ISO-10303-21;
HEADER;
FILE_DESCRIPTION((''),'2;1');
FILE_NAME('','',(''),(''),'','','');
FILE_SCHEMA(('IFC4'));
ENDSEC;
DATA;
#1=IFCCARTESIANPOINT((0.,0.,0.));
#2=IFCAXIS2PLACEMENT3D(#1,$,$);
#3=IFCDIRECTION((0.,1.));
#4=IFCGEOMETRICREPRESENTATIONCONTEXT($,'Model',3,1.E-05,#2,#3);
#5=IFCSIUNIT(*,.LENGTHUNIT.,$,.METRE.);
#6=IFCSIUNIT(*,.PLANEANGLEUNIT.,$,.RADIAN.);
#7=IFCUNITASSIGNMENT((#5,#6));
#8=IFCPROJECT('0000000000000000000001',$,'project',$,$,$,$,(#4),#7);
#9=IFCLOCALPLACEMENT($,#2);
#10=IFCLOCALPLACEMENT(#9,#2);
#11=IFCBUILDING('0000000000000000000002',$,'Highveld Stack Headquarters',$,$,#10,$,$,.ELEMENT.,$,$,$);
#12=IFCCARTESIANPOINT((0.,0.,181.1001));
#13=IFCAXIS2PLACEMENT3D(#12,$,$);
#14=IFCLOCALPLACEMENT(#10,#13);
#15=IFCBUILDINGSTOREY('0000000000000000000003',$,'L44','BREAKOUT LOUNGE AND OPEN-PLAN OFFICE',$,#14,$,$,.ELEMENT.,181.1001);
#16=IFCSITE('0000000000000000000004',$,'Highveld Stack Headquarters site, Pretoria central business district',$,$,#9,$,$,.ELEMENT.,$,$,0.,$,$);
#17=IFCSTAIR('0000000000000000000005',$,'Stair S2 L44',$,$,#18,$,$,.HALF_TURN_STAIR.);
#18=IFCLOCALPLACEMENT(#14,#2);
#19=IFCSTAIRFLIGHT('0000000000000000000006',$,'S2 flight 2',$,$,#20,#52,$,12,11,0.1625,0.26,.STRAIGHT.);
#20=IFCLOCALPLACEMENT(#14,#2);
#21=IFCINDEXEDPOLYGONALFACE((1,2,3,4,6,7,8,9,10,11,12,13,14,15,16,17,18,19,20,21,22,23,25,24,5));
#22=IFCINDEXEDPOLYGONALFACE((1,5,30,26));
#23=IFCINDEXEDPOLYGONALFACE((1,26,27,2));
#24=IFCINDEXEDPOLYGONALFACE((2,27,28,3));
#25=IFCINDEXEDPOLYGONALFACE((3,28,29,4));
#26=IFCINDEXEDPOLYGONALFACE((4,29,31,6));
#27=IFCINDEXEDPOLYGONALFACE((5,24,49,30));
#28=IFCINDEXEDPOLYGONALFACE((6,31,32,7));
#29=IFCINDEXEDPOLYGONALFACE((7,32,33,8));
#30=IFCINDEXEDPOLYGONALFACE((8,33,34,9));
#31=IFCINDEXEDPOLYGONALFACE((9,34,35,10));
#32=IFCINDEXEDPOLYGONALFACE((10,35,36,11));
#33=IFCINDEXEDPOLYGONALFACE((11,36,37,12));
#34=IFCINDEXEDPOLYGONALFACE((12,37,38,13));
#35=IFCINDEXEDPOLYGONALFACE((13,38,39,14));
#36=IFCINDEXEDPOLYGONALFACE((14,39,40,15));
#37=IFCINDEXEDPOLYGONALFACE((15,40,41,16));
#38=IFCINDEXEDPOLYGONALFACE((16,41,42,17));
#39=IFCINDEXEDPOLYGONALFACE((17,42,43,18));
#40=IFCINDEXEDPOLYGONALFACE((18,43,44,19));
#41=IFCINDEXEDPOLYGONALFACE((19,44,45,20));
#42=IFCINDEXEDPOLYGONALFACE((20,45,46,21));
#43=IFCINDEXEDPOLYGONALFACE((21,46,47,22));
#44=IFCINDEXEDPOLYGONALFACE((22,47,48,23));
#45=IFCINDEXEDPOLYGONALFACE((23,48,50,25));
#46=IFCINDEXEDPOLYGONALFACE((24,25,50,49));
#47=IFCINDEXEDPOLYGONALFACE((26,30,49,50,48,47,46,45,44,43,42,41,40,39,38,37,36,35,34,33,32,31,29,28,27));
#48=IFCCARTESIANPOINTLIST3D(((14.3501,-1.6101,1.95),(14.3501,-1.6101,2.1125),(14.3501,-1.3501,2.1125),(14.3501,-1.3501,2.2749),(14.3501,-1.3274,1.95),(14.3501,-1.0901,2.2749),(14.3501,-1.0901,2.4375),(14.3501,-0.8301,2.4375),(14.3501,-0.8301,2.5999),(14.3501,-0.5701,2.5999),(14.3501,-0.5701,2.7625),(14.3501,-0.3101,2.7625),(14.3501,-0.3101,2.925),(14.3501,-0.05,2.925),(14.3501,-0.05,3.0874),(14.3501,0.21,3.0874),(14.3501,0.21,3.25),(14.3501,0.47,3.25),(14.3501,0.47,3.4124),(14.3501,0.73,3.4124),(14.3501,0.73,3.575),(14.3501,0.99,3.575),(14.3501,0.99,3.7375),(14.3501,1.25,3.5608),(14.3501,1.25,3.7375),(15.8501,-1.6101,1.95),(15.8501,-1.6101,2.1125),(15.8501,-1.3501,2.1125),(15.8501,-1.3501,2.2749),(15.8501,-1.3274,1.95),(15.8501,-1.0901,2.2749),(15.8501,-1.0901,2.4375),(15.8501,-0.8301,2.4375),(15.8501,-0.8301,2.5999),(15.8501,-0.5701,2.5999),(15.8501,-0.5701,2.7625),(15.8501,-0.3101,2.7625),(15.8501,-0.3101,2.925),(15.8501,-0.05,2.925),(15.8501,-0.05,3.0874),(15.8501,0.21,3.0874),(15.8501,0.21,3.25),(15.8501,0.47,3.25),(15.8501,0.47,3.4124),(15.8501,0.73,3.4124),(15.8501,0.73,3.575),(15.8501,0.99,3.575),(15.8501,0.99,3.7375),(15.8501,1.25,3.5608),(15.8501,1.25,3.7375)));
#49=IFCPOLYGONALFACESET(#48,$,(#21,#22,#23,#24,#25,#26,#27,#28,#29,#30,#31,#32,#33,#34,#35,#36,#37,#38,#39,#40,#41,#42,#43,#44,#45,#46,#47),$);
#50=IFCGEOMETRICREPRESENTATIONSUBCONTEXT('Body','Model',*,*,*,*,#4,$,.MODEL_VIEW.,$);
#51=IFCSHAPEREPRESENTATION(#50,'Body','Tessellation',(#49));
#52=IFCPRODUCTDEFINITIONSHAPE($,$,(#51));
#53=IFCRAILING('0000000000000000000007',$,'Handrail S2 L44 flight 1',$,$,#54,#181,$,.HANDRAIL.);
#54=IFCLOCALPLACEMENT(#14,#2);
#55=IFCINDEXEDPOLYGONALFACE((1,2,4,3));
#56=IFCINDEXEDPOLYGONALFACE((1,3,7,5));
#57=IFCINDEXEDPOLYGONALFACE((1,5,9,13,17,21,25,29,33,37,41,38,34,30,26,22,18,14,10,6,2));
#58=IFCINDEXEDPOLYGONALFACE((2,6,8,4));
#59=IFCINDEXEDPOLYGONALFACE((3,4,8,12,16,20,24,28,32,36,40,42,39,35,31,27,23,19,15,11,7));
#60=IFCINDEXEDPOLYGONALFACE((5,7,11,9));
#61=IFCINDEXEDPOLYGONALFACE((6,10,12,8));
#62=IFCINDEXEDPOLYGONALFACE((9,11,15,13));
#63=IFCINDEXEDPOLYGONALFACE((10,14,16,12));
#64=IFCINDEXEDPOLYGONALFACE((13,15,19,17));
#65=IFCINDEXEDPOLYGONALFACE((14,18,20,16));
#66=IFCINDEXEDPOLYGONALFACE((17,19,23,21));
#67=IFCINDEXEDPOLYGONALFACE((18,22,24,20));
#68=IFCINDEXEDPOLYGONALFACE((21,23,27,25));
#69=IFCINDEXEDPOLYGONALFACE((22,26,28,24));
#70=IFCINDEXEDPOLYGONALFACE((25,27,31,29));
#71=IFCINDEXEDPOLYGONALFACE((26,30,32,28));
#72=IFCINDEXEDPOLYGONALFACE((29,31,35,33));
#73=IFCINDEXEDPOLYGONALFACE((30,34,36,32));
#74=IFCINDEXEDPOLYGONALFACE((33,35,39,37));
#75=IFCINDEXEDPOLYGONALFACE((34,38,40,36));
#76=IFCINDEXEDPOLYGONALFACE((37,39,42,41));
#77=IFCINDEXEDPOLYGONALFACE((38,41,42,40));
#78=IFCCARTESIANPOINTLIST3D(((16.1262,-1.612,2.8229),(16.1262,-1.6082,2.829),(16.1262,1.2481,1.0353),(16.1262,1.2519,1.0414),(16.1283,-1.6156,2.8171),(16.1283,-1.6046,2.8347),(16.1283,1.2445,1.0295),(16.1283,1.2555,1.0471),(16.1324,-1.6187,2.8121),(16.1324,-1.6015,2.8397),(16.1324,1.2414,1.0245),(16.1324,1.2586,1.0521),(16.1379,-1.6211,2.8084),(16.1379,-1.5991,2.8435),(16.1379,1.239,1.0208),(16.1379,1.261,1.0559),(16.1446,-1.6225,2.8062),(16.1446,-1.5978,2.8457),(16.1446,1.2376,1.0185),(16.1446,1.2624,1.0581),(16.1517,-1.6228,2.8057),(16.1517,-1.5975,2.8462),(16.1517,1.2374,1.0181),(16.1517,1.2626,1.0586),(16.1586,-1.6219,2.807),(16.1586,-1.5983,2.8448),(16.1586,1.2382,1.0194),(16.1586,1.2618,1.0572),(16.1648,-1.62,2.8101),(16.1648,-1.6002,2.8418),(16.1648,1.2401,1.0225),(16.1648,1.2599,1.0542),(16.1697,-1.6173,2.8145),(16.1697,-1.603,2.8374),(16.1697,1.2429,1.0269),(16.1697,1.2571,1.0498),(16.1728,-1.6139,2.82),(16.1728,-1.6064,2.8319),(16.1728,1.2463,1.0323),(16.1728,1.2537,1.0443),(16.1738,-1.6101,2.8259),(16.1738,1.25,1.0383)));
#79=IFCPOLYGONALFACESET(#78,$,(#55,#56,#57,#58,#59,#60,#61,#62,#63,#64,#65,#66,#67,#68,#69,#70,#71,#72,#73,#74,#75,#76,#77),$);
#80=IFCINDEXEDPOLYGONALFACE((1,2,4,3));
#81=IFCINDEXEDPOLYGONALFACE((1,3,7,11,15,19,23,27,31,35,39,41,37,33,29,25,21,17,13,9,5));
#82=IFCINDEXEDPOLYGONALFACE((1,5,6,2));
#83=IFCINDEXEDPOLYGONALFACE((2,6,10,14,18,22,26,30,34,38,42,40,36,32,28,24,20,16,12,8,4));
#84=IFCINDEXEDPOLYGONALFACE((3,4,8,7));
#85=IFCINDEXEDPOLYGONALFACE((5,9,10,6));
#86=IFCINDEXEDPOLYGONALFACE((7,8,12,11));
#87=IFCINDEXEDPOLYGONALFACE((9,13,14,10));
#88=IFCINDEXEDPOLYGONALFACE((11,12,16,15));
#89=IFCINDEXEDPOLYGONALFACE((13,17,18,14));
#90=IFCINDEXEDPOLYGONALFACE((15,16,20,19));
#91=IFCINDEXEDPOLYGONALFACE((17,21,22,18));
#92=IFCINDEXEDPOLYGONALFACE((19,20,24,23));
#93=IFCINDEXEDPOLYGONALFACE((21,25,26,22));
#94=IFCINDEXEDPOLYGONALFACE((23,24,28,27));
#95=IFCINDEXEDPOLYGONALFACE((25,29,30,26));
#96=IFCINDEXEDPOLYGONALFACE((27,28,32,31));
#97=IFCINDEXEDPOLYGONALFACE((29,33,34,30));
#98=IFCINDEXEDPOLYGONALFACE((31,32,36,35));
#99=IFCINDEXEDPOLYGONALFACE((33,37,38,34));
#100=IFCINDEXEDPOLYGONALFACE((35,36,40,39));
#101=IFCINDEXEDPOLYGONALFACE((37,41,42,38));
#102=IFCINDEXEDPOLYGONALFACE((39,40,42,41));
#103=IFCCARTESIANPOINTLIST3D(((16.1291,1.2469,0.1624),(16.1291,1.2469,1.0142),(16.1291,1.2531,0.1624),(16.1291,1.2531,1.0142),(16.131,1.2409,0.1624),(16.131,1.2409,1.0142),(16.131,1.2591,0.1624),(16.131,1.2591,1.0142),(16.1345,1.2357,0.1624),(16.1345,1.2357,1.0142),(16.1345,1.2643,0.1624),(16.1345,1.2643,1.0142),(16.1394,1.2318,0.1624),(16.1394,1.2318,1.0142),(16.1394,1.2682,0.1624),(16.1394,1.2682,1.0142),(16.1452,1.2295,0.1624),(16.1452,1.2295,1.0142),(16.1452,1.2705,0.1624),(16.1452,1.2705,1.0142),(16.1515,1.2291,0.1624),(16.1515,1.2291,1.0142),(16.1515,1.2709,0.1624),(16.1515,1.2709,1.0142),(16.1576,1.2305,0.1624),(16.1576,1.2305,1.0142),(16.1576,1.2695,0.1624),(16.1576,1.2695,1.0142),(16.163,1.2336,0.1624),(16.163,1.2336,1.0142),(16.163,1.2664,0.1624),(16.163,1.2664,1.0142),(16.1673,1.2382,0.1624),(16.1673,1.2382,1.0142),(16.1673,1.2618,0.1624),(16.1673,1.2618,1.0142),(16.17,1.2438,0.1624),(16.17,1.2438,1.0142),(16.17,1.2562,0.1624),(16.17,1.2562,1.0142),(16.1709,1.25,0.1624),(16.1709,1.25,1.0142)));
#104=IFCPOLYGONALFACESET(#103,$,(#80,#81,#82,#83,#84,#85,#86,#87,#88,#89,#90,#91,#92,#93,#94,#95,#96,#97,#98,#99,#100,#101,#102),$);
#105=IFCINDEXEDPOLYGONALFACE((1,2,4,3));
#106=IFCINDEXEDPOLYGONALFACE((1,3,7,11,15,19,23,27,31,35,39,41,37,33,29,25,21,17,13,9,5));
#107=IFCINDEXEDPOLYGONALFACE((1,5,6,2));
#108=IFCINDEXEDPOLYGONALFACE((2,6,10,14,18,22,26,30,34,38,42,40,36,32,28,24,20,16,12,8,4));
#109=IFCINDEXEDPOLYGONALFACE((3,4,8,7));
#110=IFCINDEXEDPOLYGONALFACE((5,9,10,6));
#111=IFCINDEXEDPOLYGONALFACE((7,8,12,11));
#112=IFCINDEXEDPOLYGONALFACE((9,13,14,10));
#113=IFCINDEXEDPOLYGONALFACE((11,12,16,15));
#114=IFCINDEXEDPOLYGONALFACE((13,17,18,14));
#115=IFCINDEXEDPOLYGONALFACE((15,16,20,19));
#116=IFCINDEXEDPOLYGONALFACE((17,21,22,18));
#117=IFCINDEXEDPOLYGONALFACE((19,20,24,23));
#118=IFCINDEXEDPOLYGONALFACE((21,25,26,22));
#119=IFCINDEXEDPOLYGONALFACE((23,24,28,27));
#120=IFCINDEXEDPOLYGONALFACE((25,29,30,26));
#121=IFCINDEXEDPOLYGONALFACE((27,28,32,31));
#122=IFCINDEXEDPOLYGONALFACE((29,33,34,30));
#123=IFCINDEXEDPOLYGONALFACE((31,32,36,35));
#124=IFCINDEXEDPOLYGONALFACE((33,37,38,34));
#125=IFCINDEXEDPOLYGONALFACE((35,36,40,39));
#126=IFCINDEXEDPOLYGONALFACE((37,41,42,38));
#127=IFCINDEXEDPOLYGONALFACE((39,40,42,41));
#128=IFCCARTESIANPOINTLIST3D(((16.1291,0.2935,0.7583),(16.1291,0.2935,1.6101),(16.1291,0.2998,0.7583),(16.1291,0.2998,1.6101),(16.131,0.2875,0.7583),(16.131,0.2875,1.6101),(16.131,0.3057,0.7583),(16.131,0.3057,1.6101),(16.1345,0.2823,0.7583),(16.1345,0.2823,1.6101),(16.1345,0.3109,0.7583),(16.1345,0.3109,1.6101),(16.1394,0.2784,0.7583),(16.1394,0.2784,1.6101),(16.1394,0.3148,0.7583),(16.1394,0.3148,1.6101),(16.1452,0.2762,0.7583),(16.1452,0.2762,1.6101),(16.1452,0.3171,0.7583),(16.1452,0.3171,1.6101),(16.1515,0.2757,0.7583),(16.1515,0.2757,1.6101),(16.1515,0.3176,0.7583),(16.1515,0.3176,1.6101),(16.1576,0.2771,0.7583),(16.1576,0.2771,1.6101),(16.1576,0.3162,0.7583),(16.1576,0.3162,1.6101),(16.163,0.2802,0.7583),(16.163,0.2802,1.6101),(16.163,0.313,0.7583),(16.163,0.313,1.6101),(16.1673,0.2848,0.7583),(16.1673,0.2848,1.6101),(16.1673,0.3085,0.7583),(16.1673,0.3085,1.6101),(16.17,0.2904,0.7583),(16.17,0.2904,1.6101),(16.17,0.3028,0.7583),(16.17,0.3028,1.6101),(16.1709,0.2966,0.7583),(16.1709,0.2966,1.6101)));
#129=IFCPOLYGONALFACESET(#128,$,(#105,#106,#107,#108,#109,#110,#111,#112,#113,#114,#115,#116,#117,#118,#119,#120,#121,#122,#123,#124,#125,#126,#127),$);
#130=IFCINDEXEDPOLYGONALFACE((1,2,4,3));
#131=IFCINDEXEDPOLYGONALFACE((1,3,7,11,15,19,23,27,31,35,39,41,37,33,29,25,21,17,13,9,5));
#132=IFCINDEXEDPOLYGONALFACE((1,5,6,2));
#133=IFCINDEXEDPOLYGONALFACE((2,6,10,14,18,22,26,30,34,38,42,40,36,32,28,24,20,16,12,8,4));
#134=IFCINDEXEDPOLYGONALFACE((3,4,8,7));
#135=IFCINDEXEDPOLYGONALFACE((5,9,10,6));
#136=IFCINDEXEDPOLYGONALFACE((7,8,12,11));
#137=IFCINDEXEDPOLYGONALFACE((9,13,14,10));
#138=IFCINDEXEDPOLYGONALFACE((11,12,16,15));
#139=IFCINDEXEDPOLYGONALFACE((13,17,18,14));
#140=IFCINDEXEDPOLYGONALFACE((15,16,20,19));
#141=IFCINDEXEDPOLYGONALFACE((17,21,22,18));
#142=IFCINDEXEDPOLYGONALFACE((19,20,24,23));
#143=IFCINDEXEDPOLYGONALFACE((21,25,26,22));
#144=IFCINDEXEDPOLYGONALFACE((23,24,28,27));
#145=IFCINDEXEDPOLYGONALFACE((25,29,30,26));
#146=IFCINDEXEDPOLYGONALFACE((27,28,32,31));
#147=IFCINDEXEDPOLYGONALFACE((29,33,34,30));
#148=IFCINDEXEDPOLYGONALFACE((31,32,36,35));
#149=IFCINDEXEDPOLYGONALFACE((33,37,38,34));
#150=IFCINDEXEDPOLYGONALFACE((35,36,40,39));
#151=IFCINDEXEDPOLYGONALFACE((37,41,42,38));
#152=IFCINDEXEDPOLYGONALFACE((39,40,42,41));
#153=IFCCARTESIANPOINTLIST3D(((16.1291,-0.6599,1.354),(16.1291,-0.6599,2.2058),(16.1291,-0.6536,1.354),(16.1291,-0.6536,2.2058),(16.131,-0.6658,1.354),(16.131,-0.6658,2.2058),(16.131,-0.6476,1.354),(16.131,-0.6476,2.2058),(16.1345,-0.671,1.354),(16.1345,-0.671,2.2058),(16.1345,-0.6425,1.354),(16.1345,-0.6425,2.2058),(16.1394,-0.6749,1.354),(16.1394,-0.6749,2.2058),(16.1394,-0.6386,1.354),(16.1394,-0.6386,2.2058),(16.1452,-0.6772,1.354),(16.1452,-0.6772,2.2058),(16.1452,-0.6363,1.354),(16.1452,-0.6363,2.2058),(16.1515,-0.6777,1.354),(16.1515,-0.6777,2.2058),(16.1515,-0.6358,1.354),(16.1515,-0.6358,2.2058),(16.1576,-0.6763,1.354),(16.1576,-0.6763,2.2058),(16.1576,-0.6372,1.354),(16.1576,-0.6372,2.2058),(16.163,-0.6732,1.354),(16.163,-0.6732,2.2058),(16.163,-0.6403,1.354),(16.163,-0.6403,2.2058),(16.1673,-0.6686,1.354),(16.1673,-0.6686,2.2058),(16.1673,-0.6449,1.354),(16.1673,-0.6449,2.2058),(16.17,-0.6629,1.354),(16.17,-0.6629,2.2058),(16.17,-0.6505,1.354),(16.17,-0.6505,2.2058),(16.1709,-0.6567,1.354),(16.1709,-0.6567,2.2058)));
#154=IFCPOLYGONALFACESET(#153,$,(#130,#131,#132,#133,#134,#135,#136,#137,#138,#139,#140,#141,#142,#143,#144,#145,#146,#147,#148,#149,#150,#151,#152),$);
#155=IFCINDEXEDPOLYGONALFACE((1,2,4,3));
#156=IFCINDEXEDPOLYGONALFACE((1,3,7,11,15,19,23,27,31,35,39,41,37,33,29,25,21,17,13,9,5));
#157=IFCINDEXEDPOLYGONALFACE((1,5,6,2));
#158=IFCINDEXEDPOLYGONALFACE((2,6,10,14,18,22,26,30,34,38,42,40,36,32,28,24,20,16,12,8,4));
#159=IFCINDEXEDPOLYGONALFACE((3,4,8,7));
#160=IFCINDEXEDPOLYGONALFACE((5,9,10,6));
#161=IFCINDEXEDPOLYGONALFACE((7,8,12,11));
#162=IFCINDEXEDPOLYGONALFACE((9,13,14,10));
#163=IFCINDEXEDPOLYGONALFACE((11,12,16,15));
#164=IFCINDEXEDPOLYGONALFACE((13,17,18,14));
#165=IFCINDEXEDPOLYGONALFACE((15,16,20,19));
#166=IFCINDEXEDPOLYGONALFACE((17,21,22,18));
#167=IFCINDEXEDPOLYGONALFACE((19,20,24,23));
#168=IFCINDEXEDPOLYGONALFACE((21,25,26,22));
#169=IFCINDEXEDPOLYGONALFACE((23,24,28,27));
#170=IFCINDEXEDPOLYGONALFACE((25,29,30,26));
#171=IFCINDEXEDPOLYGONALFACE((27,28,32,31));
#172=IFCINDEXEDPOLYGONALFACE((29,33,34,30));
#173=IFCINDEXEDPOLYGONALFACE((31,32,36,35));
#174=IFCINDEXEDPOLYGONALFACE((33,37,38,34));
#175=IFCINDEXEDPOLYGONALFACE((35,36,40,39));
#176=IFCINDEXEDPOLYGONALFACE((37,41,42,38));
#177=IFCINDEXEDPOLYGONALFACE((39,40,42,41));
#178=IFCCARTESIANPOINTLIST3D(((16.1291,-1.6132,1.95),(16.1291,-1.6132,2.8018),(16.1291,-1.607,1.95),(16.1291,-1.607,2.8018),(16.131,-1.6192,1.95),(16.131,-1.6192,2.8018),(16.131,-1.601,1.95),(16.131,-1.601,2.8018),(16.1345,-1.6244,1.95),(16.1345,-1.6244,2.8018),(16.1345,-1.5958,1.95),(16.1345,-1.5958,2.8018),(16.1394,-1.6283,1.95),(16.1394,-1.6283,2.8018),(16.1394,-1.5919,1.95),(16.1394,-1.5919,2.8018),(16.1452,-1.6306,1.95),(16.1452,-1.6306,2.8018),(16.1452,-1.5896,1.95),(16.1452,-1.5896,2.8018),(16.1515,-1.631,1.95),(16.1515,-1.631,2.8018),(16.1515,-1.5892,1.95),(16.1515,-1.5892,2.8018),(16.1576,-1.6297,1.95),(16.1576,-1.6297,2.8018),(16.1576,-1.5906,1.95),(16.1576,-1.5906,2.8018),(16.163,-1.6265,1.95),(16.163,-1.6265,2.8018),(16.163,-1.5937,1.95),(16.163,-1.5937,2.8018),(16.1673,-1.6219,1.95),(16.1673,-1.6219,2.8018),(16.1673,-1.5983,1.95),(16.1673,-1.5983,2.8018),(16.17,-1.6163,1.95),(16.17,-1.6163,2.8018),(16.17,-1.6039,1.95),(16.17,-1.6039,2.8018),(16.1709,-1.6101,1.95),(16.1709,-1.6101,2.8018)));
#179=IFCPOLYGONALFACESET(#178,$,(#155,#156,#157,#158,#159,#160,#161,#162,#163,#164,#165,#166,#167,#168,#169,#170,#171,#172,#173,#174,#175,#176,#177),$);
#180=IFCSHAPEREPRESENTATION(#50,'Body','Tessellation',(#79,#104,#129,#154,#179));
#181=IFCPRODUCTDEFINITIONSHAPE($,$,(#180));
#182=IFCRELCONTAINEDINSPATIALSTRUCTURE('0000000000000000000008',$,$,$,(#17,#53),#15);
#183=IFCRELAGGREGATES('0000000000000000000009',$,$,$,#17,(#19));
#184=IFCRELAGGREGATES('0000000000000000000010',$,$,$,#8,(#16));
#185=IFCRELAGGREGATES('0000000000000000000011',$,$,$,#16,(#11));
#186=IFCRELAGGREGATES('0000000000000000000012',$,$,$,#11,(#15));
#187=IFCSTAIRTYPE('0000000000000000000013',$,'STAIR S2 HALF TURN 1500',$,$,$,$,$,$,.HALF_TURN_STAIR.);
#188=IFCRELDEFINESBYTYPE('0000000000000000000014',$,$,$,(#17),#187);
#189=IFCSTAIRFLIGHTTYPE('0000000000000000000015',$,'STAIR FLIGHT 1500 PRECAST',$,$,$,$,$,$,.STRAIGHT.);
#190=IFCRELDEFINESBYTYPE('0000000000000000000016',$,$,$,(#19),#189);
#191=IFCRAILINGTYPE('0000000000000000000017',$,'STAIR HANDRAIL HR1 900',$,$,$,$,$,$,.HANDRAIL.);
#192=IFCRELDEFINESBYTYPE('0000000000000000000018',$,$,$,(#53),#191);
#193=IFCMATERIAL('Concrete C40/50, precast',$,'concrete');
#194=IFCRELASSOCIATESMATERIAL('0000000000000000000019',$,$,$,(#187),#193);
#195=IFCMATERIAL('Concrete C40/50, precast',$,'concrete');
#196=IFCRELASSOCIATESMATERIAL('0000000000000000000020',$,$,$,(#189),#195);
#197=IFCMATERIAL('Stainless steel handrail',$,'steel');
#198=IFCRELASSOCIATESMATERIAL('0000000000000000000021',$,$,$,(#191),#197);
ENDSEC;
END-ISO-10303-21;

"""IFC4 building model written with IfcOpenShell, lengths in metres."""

from ifc_helpers import new_model, si_unit, direction, frame, origin, origin_2d, place, context, subcontext, project, spatial, polyline, circle, outline, extrude, material, type_object, element, aggregate, save


model = new_model("IFC4")

# Units and contexts
model_context = context("Model", 3, precision=1e-05, world=origin(), true_north=direction((0.0, 1.0)))
body_context = subcontext(model_context, "Body", "Model", "MODEL_VIEW")
ifc_project = project(units=[si_unit("LENGTHUNIT", "METRE"), si_unit("PLANEANGLEUNIT", "RADIAN")], contexts=[model_context])

# Site, building, storey
site_placement = place(None, origin())
site = spatial("IfcSite", under=ifc_project, at=site_placement, Name="Highveld Stack Headquarters site, Pretoria central business district", CompositionType="ELEMENT", RefElevation=0.0)
building_placement = place(site_placement, origin())
building = spatial("IfcBuilding", under=site, at=building_placement, Name="Highveld Stack Headquarters", CompositionType="ELEMENT")
storey_placement = place(building_placement, frame((0.0, 0.0, 181.1001)))
storey = spatial("IfcBuildingStorey", under=building, at=storey_placement, Name="L44", Description="BREAKOUT LOUNGE AND OPEN-PLAN OFFICE", CompositionType="ELEMENT", Elevation=181.1001)

# Stair, stair flight
ifc_material_1 = material(Name="Concrete C40/50, precast", Category="concrete")
stair_type = type_object("IfcStairType", Name="STAIR S2 HALF TURN 1500", PredefinedType="HALF_TURN_STAIR", material=ifc_material_1)
stair_placement = place(storey_placement, origin())
stair = element("IfcStair", 1, at=stair_placement, inside=storey, type_object=stair_type, Name="Stair S2 L44", PredefinedType="HALF_TURN_STAIR")
ifc_material_2 = material(Name="Concrete C40/50, precast", Category="concrete")
stair_flight_type = type_object("IfcStairFlightType", Name="STAIR FLIGHT 1500 PRECAST", PredefinedType="STRAIGHT", material=ifc_material_2)
stair_flight_1_placement = place(storey_placement, frame((15.1001, -1.6101, 1.95), z_axis=(0.0, 0.0, 1.0), x_axis=(0.0, 1.0, 0.0)))
stair_flight_1 = element("IfcStairFlight", 2, at=stair_flight_1_placement, type_object=stair_flight_type, Name="S2 flight 2", NumberOfRisers=12, NumberOfTreads=11, PredefinedType="STRAIGHT", RiserHeight=0.1625, TreadLength=0.26, context=body_context, shape_type="SweptSolid", body=[
    extrude(outline(polyline([(0.0, 0.0), (0.0, 0.1626), (0.26, 0.1626), (0.26, 0.325), (0.52, 0.325), (0.52, 0.4875), (0.78, 0.4875), (0.78, 0.6499), (1.04, 0.6499), (1.04, 0.8125), (1.3, 0.8125), (1.3, 0.9751), (1.5601, 0.9751), (1.5601, 1.1375), (1.8201, 1.1375), (1.8201, 1.3), (2.0801, 1.3), (2.0801, 1.4624), (2.3401, 1.4624), (2.3401, 1.625), (2.6001, 1.625), (2.6001, 1.7876), (2.8601, 1.7876), (2.8601, 1.95), (2.8601, 1.6108), (0.2827, 0.0), (0.0, 0.0)])), frame((0.0, 0.75, 0.0), z_axis=(0.0, -1.0, 0.0), x_axis=(1.0, 0.0, 0.0)), (0.0, 0.0, 1.0), 1.5),
])
aggregate(stair, [stair_flight_1])

# Railing
ifc_material_3 = material(Name="Stainless steel handrail", Category="steel")
railing_type = type_object("IfcRailingType", Name="STAIR HANDRAIL HR1 900", PredefinedType="HANDRAIL", material=ifc_material_3)
for number, where, name in (
    (3, (16.1499, 1.25, 0.1624), "Handrail S2 L44 flight 1"),
):
    element("IfcRailing", number, at=place(storey_placement, frame(where)), inside=storey, type_object=railing_type, Name=name, PredefinedType="HANDRAIL", context=body_context, shape_type="SweptSolid", body=[
        extrude(circle(Radius=0.0239, at=origin_2d()), frame((0.0, 0.0, 0.876), z_axis=(0.0, -0.847994, 0.530005), x_axis=(1.0, 0.0, 0.0)), (0.0, 0.0, 1.0), 3.3728),
        extrude(circle(Radius=0.021, at=origin_2d()), origin(), (0.0, 0.0, 1.0), 0.8518),
        extrude(circle(Radius=0.021, at=origin_2d()), frame((0.0, -0.9534, 0.5959)), (0.0, 0.0, 1.0), 0.8518),
        extrude(circle(Radius=0.021, at=origin_2d()), frame((0.0, -1.9067, 1.1917)), (0.0, 0.0, 1.0), 0.8518),
        extrude(circle(Radius=0.021, at=origin_2d()), frame((0.0, -2.8601, 1.7876)), (0.0, 0.0, 1.0), 0.8518),
    ])

save(model, "model.ifc")
